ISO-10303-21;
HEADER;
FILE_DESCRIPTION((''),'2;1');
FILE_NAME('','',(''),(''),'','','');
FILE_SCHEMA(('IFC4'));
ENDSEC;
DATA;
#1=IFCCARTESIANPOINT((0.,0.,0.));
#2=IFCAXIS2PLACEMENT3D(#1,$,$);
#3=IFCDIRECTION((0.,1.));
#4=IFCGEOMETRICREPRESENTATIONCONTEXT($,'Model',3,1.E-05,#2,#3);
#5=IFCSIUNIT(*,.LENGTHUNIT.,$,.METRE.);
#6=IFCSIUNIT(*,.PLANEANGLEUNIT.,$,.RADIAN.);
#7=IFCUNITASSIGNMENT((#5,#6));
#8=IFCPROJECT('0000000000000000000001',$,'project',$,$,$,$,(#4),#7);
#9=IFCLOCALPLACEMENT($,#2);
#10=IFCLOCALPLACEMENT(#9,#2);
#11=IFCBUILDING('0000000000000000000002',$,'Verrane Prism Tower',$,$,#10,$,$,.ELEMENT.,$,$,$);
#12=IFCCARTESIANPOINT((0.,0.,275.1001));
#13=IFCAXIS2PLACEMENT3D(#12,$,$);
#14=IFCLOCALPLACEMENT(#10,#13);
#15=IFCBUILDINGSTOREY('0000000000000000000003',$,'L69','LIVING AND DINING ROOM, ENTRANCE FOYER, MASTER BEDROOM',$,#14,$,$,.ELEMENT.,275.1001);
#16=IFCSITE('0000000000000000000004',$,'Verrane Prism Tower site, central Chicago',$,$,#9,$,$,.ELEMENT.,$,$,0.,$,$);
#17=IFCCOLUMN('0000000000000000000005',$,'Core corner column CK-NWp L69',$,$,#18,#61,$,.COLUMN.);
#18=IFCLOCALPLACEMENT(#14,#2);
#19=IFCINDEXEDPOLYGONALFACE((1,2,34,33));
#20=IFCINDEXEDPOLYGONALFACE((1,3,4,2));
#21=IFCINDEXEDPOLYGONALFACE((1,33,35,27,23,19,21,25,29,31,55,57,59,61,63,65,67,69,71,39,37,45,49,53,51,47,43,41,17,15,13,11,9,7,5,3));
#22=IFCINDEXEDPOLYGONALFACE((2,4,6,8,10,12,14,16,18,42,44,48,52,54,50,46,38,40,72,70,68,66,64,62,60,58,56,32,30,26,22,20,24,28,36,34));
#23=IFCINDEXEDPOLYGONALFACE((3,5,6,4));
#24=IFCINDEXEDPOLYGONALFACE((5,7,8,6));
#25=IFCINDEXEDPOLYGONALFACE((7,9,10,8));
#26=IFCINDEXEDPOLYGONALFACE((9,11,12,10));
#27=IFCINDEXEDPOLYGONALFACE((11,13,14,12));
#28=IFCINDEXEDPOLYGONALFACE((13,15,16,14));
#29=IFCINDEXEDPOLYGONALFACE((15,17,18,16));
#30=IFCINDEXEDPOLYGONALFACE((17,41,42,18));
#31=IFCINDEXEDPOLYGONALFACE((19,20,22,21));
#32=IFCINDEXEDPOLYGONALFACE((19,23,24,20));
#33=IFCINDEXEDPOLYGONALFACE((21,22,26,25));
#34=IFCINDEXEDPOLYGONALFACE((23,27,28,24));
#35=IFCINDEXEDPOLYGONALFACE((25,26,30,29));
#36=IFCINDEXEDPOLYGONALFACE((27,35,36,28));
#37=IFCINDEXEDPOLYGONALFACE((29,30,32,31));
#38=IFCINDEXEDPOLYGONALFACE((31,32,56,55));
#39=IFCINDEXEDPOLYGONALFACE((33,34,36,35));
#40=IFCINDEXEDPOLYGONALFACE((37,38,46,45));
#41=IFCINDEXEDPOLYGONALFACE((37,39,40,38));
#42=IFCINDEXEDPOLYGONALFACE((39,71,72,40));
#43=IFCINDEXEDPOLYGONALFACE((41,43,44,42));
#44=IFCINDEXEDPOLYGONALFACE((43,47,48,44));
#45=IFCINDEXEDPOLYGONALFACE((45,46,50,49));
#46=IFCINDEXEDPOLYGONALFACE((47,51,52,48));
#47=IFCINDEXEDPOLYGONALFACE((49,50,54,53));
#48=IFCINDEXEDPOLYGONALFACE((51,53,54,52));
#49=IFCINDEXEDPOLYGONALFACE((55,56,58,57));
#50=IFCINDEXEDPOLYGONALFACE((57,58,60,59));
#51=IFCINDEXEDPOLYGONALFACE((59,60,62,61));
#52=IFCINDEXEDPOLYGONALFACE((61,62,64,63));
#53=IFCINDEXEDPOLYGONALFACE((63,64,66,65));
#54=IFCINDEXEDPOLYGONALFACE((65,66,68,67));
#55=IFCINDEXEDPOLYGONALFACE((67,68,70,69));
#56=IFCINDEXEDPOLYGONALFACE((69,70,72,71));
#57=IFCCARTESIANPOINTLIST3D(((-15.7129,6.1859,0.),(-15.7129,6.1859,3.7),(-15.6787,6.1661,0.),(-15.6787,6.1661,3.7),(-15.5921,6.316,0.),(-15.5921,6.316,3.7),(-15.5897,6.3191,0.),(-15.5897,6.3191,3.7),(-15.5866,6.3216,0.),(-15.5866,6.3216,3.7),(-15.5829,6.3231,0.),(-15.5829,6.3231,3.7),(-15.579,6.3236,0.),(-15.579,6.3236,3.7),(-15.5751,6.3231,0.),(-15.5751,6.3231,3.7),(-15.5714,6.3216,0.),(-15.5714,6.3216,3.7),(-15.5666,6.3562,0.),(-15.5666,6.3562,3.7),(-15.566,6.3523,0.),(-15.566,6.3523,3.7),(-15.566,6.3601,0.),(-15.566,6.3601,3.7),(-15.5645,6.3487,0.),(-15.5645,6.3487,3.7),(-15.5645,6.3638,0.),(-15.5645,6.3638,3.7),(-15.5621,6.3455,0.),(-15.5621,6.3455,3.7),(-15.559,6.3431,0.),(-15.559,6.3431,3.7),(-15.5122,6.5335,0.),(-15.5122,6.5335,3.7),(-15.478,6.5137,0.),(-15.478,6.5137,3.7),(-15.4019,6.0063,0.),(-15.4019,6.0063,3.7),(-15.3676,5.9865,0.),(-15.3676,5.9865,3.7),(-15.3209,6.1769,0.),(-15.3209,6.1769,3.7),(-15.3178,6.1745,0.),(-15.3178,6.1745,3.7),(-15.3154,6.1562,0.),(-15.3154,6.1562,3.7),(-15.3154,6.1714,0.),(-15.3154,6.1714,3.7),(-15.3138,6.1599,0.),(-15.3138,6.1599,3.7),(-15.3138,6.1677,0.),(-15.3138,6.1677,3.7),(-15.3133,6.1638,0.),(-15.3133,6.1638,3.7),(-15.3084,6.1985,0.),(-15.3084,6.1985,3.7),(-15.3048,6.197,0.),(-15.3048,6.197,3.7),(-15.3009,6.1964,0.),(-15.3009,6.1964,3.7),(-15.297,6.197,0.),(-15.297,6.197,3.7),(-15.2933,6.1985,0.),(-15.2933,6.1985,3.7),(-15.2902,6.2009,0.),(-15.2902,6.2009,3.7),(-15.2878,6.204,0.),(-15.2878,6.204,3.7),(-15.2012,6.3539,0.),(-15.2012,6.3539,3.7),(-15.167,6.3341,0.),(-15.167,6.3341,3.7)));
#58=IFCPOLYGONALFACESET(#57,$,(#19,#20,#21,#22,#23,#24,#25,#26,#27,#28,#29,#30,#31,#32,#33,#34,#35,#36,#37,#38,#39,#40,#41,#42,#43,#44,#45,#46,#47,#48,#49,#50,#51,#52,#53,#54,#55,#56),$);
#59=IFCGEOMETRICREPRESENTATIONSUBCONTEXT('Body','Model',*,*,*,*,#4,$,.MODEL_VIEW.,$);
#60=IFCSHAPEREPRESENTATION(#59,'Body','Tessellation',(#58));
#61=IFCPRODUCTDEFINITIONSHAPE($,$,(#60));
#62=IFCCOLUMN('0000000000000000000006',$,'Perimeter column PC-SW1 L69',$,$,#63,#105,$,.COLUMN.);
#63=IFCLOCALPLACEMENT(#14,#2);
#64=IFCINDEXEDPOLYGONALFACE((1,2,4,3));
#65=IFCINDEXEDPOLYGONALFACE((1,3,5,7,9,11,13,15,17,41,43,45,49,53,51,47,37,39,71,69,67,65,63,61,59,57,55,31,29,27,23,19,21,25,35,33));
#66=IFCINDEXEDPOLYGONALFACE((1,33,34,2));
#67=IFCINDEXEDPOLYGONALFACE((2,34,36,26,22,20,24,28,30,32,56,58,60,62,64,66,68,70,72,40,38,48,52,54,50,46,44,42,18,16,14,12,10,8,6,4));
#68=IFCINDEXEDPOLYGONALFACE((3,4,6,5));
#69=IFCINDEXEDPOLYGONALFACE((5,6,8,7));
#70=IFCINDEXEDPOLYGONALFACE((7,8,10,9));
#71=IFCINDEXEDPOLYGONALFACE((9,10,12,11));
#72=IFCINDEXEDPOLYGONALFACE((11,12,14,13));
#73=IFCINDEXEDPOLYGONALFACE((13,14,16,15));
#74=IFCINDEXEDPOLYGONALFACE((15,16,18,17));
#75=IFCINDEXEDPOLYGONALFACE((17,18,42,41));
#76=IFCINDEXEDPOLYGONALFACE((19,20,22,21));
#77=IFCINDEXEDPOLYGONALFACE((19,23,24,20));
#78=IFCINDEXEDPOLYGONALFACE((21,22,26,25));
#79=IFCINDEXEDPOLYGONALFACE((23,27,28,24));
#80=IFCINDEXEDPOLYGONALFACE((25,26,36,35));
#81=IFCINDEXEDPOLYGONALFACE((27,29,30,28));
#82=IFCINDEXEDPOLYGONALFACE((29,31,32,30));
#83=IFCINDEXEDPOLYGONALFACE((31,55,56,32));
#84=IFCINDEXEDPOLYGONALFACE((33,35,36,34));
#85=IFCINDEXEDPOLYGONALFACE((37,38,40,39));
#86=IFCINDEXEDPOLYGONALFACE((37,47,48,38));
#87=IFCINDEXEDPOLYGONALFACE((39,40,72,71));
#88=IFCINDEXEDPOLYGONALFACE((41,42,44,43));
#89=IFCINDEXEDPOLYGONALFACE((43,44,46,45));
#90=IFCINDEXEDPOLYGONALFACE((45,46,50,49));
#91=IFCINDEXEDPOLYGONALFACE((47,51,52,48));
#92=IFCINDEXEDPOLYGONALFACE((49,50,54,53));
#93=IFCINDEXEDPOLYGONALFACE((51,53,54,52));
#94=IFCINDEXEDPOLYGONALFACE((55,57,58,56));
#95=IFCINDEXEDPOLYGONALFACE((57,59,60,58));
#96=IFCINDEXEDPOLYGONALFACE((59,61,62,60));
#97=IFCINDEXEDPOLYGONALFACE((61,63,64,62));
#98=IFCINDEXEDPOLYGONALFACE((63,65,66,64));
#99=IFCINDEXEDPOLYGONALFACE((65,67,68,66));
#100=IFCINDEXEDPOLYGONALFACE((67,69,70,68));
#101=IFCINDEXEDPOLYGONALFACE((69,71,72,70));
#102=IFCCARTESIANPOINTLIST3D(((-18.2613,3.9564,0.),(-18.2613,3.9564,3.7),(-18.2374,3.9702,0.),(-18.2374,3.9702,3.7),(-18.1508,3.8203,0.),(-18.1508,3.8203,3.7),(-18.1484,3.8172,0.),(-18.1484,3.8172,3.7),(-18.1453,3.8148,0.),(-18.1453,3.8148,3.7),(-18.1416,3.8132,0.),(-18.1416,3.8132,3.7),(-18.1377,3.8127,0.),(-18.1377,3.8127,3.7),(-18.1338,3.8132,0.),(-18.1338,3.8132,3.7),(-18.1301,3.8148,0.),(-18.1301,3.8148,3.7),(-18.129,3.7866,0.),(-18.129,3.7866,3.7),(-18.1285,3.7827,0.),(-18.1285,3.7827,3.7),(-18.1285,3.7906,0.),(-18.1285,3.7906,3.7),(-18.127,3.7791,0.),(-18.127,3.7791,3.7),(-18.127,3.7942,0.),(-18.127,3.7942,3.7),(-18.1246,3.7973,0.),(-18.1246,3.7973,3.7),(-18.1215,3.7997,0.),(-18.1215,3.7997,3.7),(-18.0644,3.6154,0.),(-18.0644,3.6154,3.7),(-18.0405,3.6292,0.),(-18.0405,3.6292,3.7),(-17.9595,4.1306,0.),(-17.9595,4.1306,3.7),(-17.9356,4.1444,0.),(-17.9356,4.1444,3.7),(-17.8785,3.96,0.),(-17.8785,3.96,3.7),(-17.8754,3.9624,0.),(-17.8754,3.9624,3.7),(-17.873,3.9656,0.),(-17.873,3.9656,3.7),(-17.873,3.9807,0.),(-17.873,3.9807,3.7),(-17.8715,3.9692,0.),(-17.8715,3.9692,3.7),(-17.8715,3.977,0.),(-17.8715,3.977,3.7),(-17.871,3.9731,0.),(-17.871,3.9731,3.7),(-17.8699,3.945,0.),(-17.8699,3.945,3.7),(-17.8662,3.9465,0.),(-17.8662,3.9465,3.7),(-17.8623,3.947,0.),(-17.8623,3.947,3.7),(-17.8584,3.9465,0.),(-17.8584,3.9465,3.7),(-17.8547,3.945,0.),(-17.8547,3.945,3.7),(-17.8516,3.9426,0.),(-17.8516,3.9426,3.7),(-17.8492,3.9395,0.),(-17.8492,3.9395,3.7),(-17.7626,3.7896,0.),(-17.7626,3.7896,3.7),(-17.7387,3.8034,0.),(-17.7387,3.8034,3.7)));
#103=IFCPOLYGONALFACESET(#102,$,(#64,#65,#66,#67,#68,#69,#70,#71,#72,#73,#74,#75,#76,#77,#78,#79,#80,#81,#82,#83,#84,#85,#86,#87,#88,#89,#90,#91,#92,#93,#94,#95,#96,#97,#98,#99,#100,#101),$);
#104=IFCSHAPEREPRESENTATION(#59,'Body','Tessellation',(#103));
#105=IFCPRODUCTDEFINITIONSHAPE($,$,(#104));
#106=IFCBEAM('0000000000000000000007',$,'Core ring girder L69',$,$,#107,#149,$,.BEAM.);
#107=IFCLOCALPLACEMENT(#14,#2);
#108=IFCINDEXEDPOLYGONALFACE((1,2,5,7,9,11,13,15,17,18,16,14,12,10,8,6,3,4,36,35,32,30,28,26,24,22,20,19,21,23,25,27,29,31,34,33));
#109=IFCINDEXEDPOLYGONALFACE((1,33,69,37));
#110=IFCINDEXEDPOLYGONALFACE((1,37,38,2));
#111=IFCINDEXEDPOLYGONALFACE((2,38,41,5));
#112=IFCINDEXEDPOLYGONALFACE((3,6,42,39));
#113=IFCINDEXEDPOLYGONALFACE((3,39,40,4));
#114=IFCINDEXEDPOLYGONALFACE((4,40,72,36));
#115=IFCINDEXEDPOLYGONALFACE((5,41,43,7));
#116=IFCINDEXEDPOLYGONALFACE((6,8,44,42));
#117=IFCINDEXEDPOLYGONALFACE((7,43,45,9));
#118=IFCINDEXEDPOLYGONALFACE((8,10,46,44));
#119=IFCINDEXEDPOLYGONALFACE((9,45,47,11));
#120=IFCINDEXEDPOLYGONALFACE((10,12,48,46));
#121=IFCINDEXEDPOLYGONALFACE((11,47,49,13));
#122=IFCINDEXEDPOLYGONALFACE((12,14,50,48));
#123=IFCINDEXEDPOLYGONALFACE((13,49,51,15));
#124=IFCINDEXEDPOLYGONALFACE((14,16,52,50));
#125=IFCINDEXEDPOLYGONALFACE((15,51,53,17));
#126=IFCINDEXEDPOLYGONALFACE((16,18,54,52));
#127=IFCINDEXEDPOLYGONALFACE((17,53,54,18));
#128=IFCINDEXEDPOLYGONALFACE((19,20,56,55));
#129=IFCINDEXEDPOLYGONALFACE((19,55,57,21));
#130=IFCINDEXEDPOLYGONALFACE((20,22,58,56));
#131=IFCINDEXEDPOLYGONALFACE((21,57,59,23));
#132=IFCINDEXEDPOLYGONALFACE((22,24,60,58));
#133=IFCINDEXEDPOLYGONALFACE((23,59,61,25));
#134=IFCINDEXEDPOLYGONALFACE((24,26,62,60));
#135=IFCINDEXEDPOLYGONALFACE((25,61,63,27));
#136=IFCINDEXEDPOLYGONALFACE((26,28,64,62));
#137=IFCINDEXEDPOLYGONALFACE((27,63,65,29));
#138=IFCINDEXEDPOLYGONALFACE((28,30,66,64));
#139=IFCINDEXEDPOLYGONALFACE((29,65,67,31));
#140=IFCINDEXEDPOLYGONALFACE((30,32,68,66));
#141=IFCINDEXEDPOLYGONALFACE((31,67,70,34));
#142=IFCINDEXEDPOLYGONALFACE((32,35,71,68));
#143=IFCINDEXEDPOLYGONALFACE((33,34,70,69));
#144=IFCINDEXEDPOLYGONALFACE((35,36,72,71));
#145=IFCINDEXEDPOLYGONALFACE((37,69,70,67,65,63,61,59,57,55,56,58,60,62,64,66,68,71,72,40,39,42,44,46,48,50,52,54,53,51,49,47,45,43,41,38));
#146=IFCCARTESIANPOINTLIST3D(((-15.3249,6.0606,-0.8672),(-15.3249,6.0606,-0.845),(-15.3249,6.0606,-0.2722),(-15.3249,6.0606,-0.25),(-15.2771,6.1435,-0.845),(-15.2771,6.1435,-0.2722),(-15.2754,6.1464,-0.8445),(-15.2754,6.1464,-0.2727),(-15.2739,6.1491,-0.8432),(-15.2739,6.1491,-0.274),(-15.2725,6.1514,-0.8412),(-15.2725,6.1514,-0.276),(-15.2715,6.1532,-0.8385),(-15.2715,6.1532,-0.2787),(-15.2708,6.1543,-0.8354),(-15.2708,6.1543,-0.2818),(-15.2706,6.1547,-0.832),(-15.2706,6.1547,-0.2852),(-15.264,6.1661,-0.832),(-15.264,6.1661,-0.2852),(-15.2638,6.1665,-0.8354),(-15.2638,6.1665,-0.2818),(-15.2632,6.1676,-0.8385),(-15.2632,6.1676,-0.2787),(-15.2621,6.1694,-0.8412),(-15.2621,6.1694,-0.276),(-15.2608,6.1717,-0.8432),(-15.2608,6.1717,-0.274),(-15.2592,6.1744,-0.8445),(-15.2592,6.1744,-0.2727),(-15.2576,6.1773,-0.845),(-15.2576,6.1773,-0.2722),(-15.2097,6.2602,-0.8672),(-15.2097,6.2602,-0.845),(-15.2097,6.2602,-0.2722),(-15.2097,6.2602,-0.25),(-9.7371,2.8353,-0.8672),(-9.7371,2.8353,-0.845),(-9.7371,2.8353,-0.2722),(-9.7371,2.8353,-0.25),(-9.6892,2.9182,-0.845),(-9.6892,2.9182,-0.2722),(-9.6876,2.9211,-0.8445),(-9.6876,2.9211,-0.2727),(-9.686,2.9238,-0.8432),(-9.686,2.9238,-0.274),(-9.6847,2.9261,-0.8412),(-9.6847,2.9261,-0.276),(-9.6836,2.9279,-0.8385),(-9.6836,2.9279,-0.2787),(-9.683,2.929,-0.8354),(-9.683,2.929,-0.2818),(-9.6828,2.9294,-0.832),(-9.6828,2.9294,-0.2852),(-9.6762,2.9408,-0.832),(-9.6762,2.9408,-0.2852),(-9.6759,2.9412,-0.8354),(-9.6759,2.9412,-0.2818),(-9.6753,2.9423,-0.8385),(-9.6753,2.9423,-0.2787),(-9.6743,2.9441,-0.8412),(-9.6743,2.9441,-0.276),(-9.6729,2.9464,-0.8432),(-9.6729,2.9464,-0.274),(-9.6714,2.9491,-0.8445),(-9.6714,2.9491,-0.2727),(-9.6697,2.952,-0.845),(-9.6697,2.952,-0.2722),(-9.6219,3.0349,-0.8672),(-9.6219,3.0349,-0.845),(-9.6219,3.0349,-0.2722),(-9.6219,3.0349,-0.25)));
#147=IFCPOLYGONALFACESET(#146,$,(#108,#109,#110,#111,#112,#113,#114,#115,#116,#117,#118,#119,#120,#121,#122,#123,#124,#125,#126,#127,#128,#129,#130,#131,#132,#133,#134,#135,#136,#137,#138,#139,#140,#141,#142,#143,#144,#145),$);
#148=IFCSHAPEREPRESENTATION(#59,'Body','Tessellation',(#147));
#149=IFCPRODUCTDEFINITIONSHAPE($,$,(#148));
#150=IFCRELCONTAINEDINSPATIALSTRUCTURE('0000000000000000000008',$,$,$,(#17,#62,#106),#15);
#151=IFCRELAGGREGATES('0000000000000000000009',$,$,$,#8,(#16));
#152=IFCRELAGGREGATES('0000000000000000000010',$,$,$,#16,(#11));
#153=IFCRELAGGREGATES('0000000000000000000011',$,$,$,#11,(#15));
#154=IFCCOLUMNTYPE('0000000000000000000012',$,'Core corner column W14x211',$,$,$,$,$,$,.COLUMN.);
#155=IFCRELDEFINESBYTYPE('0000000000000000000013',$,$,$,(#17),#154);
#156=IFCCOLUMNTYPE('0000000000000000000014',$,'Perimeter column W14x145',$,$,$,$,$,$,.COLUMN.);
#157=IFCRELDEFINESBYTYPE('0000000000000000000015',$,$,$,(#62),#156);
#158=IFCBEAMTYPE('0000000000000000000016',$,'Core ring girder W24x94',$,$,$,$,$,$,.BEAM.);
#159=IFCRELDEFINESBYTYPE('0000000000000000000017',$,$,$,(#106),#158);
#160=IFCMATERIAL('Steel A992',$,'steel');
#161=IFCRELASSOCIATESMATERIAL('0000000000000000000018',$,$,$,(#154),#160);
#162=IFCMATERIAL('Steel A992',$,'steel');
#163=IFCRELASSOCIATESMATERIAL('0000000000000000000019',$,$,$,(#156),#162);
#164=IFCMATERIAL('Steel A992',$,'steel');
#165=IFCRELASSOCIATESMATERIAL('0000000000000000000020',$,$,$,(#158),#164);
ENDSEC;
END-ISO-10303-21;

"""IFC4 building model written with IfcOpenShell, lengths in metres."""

from ifc_helpers import new_model, si_unit, direction, frame, origin, origin_2d, place, context, subcontext, project, spatial, i_section, extrude, material, material_profile, profile_set, type_object, element, save


model = new_model("IFC4")

# Units and contexts
model_context = context("Model", 3, precision=1e-05, world=origin(), true_north=direction((0.0, 1.0)))
body_context = subcontext(model_context, "Body", "Model", "MODEL_VIEW")
ifc_project = project(units=[si_unit("LENGTHUNIT", "METRE"), si_unit("PLANEANGLEUNIT", "RADIAN")], contexts=[model_context])

# Site, building, storey
site_placement = place(None, origin())
site = spatial("IfcSite", under=ifc_project, at=site_placement, Name="Verrane Prism Tower site, central Chicago", CompositionType="ELEMENT", RefElevation=0.0)
building_placement = place(site_placement, origin())
building = spatial("IfcBuilding", under=site, at=building_placement, Name="Verrane Prism Tower", CompositionType="ELEMENT")
storey_placement = place(building_placement, frame((0.0, 0.0, 275.1001)))
storey = spatial("IfcBuildingStorey", under=building, at=storey_placement, Name="L69", Description="LIVING AND DINING ROOM, ENTRANCE FOYER, MASTER BEDROOM", CompositionType="ELEMENT", Elevation=275.1001)

# Columns
ifc_material_1 = material(Name="Steel A992", Category="steel")
ifc_material_profile_1 = material_profile(ifc_material_1, i_section(OverallWidth=0.4014, OverallDepth=0.3987, WebThickness=0.0249, FlangeThickness=0.0396, FilletRadius=0.0151, at=origin_2d()), Name="W14x211")
ifc_profile_set_1 = profile_set([ifc_material_profile_1], Name="Steel A992")
column_type_1 = type_object("IfcColumnType", Name="Core corner column W14x211", PredefinedType="COLUMN", material=ifc_profile_set_1)
column_1_placement = place(storey_placement, frame((-15.4399, 6.26, 0.0), z_axis=(0.0, 0.0, 1.0), x_axis=(0.5, 0.866025, 0.0)))
element("IfcColumn", 1, at=column_1_placement, inside=storey, type_object=column_type_1, Name="Core corner column CK-NWp L69", PredefinedType="COLUMN", context=body_context, shape_type="SweptSolid", body=[
    extrude(i_section(OverallWidth=0.4014, OverallDepth=0.3987, WebThickness=0.0249, FlangeThickness=0.0396, FilletRadius=0.0151, at=origin_2d()), origin(), (0.0, 0.0, 1.0), 3.7),
])
ifc_material_2 = material(Name="Steel A992", Category="steel")
ifc_material_profile_2 = material_profile(ifc_material_2, i_section(OverallWidth=0.3938, OverallDepth=0.376, WebThickness=0.0173, FlangeThickness=0.0276, FilletRadius=0.0151, at=origin_2d()), Name="W14x145")
ifc_profile_set_2 = profile_set([ifc_material_profile_2], Name="Steel A992")
column_type_2 = type_object("IfcColumnType", Name="Perimeter column W14x145", PredefinedType="COLUMN", material=ifc_profile_set_2)
column_2_placement = place(storey_placement, frame((-18.0, 3.8799, 0.0), z_axis=(0.0, 0.0, 1.0), x_axis=(-0.5, 0.866025, 0.0)))
element("IfcColumn", 2, at=column_2_placement, inside=storey, type_object=column_type_2, Name="Perimeter column PC-SW1 L69", PredefinedType="COLUMN", context=body_context, shape_type="SweptSolid", body=[
    extrude(i_section(OverallWidth=0.3938, OverallDepth=0.376, WebThickness=0.0173, FlangeThickness=0.0276, FilletRadius=0.0151, at=origin_2d()), origin(), (0.0, 0.0, 1.0), 3.7),
])

# Beam
ifc_material_3 = material(Name="Steel A992", Category="steel")
ifc_material_profile_3 = material_profile(ifc_material_3, i_section(OverallWidth=0.2305, OverallDepth=0.6172, WebThickness=0.0132, FlangeThickness=0.0222, FilletRadius=0.0129, at=origin_2d()), Name="W24x94")
ifc_profile_set_3 = profile_set([ifc_material_profile_3], Name="Steel A992")
beam_type_1 = type_object("IfcBeamType", Name="Core ring girder W24x94", PredefinedType="BEAM", material=ifc_profile_set_3)
beam_1_placement = place(storey_placement, frame((-15.2673, 6.1604, -0.5586), z_axis=(0.866081, -0.499904, 0.0), x_axis=(0.499904, 0.866081, 0.0)))
element("IfcBeam", 3, at=beam_1_placement, inside=storey, type_object=beam_type_1, Name="Core ring girder L69", PredefinedType="BEAM", context=body_context, shape_type="SweptSolid", body=[
    extrude(i_section(OverallWidth=0.2305, OverallDepth=0.6172, WebThickness=0.0132, FlangeThickness=0.0222, FilletRadius=0.0129, at=origin_2d()), origin(), (0.0, 0.0, 1.0), 6.4519),
])

save(model, "model.ifc")
